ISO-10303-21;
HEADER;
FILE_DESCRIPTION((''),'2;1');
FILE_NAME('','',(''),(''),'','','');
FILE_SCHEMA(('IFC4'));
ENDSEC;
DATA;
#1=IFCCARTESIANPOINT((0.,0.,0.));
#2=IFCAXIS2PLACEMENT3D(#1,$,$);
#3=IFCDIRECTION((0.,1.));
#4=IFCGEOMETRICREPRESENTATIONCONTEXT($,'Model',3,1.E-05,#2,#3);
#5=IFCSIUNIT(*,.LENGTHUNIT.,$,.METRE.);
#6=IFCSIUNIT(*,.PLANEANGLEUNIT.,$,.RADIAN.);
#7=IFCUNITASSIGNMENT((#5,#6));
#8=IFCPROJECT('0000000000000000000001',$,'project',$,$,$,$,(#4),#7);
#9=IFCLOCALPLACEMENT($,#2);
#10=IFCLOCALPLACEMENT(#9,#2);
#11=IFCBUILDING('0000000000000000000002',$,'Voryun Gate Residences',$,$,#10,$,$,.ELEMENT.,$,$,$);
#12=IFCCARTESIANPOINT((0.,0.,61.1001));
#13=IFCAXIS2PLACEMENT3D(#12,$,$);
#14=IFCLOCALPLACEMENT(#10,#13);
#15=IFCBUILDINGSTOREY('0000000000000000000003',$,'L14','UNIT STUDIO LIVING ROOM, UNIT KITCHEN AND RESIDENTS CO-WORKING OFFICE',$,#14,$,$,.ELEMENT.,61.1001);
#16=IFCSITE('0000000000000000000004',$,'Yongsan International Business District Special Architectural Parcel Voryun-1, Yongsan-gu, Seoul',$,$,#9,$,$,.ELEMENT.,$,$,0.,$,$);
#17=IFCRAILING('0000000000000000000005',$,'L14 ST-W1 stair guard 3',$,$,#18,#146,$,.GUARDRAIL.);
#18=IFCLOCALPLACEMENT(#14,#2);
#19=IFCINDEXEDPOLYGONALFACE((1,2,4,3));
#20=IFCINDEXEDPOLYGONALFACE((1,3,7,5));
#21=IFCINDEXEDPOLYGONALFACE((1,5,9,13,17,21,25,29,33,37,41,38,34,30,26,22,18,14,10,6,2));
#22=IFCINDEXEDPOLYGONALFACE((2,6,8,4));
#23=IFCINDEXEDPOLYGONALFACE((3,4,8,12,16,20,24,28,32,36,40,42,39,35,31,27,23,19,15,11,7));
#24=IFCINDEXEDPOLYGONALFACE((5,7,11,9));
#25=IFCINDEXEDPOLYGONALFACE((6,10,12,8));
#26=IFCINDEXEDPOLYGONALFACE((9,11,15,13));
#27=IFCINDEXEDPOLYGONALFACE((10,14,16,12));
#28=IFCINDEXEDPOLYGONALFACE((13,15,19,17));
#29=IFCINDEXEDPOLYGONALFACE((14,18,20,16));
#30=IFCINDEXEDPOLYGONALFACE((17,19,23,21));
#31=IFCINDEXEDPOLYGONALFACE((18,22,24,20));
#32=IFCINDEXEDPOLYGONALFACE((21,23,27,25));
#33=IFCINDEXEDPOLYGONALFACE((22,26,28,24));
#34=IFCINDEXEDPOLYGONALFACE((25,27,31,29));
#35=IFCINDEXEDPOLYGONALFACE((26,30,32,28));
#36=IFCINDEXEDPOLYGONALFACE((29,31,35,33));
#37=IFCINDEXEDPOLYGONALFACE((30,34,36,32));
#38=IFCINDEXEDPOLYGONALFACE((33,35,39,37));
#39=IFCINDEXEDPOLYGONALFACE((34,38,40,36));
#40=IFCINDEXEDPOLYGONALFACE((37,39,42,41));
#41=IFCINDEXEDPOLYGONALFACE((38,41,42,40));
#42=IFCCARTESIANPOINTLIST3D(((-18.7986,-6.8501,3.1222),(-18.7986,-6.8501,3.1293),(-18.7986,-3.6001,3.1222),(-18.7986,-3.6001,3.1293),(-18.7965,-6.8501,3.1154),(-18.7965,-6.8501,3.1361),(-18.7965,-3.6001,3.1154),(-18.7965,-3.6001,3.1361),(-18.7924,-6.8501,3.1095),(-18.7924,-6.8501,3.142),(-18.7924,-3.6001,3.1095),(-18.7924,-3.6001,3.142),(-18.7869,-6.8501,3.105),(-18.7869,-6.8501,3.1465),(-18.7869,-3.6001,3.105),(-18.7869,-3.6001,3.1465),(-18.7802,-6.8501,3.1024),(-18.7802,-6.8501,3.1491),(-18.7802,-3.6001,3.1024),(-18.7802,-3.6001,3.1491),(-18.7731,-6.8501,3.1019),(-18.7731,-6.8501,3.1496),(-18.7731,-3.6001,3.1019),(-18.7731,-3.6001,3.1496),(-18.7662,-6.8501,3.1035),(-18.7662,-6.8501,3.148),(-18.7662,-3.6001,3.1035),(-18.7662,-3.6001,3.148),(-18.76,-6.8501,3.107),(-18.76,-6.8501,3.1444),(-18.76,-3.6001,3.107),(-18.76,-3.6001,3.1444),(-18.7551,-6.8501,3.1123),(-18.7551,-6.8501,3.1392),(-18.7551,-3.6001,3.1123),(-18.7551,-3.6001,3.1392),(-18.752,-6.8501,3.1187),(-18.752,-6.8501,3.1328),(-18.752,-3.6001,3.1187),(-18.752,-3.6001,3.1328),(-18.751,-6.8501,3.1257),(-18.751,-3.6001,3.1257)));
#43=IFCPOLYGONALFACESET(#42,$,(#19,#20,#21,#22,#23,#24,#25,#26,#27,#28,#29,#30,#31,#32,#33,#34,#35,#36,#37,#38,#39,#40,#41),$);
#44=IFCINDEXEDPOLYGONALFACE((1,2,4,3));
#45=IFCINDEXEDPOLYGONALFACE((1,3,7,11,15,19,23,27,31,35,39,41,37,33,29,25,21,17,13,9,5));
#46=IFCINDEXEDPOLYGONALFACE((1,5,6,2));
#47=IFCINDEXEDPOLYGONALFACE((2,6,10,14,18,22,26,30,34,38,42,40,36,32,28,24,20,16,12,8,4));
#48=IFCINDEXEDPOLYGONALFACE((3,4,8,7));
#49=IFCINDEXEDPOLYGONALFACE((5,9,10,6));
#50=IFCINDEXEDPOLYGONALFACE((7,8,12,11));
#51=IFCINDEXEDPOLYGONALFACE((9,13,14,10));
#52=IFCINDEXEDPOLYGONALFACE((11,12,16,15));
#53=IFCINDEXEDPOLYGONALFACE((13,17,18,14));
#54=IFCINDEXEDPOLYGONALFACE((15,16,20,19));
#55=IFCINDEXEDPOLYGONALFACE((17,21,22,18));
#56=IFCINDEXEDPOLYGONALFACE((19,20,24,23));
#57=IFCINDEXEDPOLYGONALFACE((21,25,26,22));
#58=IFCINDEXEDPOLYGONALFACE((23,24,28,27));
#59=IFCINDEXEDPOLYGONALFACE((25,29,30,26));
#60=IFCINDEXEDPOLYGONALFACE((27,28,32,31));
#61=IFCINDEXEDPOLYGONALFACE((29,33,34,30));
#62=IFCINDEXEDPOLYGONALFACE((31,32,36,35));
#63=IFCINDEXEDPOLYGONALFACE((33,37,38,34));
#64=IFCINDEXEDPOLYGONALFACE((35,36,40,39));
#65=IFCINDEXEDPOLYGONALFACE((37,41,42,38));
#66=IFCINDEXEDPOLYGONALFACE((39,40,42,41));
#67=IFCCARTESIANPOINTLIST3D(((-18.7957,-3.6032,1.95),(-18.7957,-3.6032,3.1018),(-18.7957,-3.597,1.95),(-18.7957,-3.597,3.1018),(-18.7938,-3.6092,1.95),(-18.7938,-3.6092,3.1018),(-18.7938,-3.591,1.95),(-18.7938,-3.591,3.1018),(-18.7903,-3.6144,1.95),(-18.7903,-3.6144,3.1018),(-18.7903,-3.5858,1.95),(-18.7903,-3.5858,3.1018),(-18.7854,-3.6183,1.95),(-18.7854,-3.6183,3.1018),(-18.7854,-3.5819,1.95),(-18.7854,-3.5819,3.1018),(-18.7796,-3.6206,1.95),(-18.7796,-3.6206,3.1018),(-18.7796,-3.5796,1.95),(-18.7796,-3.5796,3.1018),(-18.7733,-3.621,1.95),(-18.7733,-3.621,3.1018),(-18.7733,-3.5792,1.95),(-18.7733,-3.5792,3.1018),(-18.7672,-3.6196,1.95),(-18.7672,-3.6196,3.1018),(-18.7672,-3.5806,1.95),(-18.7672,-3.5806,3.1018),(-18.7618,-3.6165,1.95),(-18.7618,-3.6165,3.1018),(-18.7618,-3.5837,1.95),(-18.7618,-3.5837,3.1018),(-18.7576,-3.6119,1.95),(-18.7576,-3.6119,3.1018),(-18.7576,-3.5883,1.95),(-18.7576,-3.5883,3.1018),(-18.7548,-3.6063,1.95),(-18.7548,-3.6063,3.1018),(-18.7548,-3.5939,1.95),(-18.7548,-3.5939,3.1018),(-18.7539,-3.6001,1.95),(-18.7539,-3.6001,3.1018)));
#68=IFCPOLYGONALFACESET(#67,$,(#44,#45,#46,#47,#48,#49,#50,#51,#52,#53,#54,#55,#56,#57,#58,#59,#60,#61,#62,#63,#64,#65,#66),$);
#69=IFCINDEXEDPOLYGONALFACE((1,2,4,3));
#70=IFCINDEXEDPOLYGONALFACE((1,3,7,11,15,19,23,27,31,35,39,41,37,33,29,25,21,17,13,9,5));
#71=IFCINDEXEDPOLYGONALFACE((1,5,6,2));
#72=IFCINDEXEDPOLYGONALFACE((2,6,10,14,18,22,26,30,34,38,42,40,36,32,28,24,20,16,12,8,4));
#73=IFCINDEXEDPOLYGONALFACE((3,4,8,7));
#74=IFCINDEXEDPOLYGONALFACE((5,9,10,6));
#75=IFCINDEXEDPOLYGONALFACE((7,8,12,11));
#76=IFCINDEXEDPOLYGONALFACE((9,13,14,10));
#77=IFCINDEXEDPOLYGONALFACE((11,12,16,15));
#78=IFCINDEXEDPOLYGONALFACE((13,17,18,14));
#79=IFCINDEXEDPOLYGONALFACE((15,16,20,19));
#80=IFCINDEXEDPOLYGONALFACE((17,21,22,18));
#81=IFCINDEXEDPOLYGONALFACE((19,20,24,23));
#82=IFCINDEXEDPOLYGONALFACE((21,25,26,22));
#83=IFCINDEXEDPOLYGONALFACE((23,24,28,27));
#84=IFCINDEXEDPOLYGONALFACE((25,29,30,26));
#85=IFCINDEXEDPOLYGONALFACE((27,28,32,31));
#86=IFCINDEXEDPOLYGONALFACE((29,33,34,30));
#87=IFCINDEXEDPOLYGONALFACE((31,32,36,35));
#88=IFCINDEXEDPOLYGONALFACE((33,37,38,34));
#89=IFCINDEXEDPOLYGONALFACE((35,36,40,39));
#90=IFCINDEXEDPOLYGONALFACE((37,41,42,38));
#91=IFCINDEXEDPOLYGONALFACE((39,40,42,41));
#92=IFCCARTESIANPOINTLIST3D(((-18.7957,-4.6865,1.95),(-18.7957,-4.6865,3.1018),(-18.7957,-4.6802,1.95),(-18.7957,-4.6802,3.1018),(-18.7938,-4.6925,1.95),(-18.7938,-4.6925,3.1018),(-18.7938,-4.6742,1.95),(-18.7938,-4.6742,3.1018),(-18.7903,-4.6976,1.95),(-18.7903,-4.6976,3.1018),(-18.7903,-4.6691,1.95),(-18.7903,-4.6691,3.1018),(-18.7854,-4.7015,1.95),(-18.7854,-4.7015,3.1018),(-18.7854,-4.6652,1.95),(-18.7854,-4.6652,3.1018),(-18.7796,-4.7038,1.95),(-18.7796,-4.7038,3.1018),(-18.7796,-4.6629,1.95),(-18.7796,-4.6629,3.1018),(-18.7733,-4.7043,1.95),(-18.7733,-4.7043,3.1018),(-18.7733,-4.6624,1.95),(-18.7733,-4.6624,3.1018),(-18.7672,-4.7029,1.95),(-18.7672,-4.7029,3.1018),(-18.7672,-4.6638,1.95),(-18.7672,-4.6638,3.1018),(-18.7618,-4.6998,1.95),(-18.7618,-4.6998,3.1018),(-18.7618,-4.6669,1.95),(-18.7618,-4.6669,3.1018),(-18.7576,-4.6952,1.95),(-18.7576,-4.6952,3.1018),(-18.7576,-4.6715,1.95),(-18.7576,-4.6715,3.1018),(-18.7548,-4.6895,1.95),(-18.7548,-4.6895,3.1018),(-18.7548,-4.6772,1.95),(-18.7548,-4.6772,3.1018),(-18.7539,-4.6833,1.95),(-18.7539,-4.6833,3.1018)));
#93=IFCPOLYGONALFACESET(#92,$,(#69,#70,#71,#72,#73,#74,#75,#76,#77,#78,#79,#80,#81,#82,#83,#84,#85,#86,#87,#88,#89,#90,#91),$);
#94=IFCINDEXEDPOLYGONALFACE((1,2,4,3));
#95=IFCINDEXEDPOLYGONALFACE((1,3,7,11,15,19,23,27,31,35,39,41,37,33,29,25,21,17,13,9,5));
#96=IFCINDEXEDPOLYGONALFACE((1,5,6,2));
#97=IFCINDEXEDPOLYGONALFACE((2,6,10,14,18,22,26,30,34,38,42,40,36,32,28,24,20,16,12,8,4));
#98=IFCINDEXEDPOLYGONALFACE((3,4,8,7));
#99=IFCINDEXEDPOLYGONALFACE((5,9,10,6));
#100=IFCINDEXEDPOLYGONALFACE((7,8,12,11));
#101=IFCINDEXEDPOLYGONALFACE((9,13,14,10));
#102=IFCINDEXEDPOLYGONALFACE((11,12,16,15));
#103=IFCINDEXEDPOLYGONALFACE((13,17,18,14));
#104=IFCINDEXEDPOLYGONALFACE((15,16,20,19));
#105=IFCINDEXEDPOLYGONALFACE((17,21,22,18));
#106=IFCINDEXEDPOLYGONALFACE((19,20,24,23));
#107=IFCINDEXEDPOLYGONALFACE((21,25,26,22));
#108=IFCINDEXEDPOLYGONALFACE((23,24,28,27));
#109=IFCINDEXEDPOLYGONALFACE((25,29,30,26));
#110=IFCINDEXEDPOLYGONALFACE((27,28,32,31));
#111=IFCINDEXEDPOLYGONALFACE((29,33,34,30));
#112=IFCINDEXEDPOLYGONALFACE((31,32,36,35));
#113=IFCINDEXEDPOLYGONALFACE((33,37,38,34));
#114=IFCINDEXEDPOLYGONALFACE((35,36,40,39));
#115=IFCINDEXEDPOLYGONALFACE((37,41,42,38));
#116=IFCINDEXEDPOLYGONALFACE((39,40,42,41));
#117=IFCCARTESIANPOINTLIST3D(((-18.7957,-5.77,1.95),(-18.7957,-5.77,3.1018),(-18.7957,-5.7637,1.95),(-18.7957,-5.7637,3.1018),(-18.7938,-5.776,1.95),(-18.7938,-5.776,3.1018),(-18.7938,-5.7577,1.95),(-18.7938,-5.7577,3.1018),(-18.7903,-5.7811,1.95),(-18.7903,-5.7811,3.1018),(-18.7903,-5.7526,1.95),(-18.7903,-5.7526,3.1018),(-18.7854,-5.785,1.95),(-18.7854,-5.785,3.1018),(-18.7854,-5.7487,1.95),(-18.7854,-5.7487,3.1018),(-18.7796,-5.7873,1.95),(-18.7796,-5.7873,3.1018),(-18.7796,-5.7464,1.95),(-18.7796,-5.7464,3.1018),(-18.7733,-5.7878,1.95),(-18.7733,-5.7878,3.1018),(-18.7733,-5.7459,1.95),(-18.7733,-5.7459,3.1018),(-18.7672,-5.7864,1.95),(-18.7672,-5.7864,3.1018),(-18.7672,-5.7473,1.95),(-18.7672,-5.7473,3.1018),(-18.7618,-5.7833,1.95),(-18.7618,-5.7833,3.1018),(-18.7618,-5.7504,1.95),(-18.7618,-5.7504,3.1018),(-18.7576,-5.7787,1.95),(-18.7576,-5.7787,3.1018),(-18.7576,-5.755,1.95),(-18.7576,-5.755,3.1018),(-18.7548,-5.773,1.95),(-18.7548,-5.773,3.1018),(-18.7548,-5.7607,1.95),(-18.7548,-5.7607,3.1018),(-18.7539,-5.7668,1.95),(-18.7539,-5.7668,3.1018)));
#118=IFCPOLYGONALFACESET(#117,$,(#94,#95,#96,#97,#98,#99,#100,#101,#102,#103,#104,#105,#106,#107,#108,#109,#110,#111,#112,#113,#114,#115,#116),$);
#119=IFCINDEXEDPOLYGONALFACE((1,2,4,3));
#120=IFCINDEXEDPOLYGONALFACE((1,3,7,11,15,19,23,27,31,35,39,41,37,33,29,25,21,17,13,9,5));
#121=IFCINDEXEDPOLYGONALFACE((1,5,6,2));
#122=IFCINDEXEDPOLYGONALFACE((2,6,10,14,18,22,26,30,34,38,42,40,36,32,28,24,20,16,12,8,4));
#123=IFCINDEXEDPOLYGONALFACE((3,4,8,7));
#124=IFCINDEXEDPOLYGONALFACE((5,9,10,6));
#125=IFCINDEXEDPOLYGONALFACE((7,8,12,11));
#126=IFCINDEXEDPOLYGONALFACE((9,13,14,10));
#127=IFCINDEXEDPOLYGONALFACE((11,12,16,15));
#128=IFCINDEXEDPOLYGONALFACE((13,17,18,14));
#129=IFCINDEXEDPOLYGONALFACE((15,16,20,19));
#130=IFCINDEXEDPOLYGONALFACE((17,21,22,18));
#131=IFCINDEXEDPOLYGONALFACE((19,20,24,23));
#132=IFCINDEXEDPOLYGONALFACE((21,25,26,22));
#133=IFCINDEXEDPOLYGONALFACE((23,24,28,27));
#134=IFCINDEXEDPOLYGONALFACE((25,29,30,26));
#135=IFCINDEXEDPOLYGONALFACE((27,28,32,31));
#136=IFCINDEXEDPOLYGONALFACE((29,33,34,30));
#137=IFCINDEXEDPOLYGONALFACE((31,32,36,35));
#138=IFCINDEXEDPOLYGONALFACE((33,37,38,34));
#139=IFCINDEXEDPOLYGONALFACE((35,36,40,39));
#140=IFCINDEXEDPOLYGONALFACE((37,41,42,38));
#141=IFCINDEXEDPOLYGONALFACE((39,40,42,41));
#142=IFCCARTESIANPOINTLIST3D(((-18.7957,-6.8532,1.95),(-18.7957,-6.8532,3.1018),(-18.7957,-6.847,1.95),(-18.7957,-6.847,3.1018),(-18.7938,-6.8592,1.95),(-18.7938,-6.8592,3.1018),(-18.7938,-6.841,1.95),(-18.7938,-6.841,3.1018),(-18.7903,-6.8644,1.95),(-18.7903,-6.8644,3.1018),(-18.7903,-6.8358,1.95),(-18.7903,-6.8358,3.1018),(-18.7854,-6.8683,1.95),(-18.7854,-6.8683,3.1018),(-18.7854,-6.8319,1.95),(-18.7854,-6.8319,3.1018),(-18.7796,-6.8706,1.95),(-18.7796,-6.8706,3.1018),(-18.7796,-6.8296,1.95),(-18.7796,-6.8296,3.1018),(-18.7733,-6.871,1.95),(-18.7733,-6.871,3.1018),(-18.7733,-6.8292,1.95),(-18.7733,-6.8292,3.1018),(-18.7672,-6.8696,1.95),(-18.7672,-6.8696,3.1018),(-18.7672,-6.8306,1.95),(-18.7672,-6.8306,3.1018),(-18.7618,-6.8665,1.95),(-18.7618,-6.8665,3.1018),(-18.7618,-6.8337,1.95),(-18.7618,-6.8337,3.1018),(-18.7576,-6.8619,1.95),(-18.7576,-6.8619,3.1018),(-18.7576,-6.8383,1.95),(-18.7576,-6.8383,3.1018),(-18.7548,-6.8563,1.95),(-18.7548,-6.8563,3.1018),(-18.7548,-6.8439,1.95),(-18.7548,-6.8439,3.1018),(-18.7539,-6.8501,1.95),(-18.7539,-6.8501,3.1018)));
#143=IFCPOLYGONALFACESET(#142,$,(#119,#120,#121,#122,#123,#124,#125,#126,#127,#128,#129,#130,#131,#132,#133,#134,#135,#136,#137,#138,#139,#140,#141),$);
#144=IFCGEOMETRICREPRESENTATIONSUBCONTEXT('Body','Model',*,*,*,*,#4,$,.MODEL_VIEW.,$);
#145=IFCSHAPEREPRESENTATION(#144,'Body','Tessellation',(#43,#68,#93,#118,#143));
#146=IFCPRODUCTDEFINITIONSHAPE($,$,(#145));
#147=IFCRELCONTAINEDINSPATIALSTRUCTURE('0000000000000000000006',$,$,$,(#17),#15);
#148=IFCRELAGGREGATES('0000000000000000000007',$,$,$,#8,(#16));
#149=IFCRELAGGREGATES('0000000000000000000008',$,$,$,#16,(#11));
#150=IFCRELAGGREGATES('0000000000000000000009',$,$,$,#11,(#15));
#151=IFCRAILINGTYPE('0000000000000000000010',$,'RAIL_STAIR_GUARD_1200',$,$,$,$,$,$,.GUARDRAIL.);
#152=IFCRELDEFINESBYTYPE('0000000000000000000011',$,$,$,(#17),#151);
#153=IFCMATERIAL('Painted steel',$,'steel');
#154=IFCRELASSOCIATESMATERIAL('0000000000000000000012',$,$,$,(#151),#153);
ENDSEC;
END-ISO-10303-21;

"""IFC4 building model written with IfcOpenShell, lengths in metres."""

from ifc_helpers import new_model, si_unit, direction, frame, origin, origin_2d, place, context, subcontext, project, spatial, circle, extrude, material, type_object, element, save


model = new_model("IFC4")

# Units and contexts
model_context = context("Model", 3, precision=1e-05, world=origin(), true_north=direction((0.0, 1.0)))
body_context = subcontext(model_context, "Body", "Model", "MODEL_VIEW")
ifc_project = project(units=[si_unit("LENGTHUNIT", "METRE"), si_unit("PLANEANGLEUNIT", "RADIAN")], contexts=[model_context])

# Site, building, storey
site_placement = place(None, origin())
site = spatial("IfcSite", under=ifc_project, at=site_placement, Name="Yongsan International Business District Special Architectural Parcel Voryun-1, Yongsan-gu, Seoul", CompositionType="ELEMENT", RefElevation=0.0)
building_placement = place(site_placement, origin())
building = spatial("IfcBuilding", under=site, at=building_placement, Name="Voryun Gate Residences", CompositionType="ELEMENT")
storey_placement = place(building_placement, frame((0.0, 0.0, 61.1001)))
storey = spatial("IfcBuildingStorey", under=building, at=storey_placement, Name="L14", Description="UNIT STUDIO LIVING ROOM, UNIT KITCHEN AND RESIDENTS CO-WORKING OFFICE", CompositionType="ELEMENT", Elevation=61.1001)

# Railing
ifc_material_1 = material(Name="Painted steel", Category="steel")
railing_type = type_object("IfcRailingType", Name="RAIL_STAIR_GUARD_1200", PredefinedType="GUARDRAIL", material=ifc_material_1)
railing_1_placement = place(storey_placement, frame((-18.7749, -3.6001, 1.95)))
element("IfcRailing", 1, at=railing_1_placement, inside=storey, type_object=railing_type, Name="L14 ST-W1 stair guard 3", PredefinedType="GUARDRAIL", context=body_context, shape_type="SweptSolid", body=[
    extrude(circle(Radius=0.0239, at=origin_2d()), frame((0.0, 0.0, 1.1758), z_axis=(0.0, -1.0, 0.0), x_axis=(1.0, 0.0, 0.0)), (0.0, 0.0, 1.0), 3.25),
    extrude(circle(Radius=0.021, at=origin_2d()), origin(), (0.0, 0.0, 1.0), 1.1519),
    extrude(circle(Radius=0.021, at=origin_2d()), frame((0.0, -1.0833, 0.0)), (0.0, 0.0, 1.0), 1.1519),
    extrude(circle(Radius=0.021, at=origin_2d()), frame((0.0, -2.1667, 0.0)), (0.0, 0.0, 1.0), 1.1519),
    extrude(circle(Radius=0.021, at=origin_2d()), frame((0.0, -3.25, 0.0)), (0.0, 0.0, 1.0), 1.1519),
])

save(model, "model.ifc")
